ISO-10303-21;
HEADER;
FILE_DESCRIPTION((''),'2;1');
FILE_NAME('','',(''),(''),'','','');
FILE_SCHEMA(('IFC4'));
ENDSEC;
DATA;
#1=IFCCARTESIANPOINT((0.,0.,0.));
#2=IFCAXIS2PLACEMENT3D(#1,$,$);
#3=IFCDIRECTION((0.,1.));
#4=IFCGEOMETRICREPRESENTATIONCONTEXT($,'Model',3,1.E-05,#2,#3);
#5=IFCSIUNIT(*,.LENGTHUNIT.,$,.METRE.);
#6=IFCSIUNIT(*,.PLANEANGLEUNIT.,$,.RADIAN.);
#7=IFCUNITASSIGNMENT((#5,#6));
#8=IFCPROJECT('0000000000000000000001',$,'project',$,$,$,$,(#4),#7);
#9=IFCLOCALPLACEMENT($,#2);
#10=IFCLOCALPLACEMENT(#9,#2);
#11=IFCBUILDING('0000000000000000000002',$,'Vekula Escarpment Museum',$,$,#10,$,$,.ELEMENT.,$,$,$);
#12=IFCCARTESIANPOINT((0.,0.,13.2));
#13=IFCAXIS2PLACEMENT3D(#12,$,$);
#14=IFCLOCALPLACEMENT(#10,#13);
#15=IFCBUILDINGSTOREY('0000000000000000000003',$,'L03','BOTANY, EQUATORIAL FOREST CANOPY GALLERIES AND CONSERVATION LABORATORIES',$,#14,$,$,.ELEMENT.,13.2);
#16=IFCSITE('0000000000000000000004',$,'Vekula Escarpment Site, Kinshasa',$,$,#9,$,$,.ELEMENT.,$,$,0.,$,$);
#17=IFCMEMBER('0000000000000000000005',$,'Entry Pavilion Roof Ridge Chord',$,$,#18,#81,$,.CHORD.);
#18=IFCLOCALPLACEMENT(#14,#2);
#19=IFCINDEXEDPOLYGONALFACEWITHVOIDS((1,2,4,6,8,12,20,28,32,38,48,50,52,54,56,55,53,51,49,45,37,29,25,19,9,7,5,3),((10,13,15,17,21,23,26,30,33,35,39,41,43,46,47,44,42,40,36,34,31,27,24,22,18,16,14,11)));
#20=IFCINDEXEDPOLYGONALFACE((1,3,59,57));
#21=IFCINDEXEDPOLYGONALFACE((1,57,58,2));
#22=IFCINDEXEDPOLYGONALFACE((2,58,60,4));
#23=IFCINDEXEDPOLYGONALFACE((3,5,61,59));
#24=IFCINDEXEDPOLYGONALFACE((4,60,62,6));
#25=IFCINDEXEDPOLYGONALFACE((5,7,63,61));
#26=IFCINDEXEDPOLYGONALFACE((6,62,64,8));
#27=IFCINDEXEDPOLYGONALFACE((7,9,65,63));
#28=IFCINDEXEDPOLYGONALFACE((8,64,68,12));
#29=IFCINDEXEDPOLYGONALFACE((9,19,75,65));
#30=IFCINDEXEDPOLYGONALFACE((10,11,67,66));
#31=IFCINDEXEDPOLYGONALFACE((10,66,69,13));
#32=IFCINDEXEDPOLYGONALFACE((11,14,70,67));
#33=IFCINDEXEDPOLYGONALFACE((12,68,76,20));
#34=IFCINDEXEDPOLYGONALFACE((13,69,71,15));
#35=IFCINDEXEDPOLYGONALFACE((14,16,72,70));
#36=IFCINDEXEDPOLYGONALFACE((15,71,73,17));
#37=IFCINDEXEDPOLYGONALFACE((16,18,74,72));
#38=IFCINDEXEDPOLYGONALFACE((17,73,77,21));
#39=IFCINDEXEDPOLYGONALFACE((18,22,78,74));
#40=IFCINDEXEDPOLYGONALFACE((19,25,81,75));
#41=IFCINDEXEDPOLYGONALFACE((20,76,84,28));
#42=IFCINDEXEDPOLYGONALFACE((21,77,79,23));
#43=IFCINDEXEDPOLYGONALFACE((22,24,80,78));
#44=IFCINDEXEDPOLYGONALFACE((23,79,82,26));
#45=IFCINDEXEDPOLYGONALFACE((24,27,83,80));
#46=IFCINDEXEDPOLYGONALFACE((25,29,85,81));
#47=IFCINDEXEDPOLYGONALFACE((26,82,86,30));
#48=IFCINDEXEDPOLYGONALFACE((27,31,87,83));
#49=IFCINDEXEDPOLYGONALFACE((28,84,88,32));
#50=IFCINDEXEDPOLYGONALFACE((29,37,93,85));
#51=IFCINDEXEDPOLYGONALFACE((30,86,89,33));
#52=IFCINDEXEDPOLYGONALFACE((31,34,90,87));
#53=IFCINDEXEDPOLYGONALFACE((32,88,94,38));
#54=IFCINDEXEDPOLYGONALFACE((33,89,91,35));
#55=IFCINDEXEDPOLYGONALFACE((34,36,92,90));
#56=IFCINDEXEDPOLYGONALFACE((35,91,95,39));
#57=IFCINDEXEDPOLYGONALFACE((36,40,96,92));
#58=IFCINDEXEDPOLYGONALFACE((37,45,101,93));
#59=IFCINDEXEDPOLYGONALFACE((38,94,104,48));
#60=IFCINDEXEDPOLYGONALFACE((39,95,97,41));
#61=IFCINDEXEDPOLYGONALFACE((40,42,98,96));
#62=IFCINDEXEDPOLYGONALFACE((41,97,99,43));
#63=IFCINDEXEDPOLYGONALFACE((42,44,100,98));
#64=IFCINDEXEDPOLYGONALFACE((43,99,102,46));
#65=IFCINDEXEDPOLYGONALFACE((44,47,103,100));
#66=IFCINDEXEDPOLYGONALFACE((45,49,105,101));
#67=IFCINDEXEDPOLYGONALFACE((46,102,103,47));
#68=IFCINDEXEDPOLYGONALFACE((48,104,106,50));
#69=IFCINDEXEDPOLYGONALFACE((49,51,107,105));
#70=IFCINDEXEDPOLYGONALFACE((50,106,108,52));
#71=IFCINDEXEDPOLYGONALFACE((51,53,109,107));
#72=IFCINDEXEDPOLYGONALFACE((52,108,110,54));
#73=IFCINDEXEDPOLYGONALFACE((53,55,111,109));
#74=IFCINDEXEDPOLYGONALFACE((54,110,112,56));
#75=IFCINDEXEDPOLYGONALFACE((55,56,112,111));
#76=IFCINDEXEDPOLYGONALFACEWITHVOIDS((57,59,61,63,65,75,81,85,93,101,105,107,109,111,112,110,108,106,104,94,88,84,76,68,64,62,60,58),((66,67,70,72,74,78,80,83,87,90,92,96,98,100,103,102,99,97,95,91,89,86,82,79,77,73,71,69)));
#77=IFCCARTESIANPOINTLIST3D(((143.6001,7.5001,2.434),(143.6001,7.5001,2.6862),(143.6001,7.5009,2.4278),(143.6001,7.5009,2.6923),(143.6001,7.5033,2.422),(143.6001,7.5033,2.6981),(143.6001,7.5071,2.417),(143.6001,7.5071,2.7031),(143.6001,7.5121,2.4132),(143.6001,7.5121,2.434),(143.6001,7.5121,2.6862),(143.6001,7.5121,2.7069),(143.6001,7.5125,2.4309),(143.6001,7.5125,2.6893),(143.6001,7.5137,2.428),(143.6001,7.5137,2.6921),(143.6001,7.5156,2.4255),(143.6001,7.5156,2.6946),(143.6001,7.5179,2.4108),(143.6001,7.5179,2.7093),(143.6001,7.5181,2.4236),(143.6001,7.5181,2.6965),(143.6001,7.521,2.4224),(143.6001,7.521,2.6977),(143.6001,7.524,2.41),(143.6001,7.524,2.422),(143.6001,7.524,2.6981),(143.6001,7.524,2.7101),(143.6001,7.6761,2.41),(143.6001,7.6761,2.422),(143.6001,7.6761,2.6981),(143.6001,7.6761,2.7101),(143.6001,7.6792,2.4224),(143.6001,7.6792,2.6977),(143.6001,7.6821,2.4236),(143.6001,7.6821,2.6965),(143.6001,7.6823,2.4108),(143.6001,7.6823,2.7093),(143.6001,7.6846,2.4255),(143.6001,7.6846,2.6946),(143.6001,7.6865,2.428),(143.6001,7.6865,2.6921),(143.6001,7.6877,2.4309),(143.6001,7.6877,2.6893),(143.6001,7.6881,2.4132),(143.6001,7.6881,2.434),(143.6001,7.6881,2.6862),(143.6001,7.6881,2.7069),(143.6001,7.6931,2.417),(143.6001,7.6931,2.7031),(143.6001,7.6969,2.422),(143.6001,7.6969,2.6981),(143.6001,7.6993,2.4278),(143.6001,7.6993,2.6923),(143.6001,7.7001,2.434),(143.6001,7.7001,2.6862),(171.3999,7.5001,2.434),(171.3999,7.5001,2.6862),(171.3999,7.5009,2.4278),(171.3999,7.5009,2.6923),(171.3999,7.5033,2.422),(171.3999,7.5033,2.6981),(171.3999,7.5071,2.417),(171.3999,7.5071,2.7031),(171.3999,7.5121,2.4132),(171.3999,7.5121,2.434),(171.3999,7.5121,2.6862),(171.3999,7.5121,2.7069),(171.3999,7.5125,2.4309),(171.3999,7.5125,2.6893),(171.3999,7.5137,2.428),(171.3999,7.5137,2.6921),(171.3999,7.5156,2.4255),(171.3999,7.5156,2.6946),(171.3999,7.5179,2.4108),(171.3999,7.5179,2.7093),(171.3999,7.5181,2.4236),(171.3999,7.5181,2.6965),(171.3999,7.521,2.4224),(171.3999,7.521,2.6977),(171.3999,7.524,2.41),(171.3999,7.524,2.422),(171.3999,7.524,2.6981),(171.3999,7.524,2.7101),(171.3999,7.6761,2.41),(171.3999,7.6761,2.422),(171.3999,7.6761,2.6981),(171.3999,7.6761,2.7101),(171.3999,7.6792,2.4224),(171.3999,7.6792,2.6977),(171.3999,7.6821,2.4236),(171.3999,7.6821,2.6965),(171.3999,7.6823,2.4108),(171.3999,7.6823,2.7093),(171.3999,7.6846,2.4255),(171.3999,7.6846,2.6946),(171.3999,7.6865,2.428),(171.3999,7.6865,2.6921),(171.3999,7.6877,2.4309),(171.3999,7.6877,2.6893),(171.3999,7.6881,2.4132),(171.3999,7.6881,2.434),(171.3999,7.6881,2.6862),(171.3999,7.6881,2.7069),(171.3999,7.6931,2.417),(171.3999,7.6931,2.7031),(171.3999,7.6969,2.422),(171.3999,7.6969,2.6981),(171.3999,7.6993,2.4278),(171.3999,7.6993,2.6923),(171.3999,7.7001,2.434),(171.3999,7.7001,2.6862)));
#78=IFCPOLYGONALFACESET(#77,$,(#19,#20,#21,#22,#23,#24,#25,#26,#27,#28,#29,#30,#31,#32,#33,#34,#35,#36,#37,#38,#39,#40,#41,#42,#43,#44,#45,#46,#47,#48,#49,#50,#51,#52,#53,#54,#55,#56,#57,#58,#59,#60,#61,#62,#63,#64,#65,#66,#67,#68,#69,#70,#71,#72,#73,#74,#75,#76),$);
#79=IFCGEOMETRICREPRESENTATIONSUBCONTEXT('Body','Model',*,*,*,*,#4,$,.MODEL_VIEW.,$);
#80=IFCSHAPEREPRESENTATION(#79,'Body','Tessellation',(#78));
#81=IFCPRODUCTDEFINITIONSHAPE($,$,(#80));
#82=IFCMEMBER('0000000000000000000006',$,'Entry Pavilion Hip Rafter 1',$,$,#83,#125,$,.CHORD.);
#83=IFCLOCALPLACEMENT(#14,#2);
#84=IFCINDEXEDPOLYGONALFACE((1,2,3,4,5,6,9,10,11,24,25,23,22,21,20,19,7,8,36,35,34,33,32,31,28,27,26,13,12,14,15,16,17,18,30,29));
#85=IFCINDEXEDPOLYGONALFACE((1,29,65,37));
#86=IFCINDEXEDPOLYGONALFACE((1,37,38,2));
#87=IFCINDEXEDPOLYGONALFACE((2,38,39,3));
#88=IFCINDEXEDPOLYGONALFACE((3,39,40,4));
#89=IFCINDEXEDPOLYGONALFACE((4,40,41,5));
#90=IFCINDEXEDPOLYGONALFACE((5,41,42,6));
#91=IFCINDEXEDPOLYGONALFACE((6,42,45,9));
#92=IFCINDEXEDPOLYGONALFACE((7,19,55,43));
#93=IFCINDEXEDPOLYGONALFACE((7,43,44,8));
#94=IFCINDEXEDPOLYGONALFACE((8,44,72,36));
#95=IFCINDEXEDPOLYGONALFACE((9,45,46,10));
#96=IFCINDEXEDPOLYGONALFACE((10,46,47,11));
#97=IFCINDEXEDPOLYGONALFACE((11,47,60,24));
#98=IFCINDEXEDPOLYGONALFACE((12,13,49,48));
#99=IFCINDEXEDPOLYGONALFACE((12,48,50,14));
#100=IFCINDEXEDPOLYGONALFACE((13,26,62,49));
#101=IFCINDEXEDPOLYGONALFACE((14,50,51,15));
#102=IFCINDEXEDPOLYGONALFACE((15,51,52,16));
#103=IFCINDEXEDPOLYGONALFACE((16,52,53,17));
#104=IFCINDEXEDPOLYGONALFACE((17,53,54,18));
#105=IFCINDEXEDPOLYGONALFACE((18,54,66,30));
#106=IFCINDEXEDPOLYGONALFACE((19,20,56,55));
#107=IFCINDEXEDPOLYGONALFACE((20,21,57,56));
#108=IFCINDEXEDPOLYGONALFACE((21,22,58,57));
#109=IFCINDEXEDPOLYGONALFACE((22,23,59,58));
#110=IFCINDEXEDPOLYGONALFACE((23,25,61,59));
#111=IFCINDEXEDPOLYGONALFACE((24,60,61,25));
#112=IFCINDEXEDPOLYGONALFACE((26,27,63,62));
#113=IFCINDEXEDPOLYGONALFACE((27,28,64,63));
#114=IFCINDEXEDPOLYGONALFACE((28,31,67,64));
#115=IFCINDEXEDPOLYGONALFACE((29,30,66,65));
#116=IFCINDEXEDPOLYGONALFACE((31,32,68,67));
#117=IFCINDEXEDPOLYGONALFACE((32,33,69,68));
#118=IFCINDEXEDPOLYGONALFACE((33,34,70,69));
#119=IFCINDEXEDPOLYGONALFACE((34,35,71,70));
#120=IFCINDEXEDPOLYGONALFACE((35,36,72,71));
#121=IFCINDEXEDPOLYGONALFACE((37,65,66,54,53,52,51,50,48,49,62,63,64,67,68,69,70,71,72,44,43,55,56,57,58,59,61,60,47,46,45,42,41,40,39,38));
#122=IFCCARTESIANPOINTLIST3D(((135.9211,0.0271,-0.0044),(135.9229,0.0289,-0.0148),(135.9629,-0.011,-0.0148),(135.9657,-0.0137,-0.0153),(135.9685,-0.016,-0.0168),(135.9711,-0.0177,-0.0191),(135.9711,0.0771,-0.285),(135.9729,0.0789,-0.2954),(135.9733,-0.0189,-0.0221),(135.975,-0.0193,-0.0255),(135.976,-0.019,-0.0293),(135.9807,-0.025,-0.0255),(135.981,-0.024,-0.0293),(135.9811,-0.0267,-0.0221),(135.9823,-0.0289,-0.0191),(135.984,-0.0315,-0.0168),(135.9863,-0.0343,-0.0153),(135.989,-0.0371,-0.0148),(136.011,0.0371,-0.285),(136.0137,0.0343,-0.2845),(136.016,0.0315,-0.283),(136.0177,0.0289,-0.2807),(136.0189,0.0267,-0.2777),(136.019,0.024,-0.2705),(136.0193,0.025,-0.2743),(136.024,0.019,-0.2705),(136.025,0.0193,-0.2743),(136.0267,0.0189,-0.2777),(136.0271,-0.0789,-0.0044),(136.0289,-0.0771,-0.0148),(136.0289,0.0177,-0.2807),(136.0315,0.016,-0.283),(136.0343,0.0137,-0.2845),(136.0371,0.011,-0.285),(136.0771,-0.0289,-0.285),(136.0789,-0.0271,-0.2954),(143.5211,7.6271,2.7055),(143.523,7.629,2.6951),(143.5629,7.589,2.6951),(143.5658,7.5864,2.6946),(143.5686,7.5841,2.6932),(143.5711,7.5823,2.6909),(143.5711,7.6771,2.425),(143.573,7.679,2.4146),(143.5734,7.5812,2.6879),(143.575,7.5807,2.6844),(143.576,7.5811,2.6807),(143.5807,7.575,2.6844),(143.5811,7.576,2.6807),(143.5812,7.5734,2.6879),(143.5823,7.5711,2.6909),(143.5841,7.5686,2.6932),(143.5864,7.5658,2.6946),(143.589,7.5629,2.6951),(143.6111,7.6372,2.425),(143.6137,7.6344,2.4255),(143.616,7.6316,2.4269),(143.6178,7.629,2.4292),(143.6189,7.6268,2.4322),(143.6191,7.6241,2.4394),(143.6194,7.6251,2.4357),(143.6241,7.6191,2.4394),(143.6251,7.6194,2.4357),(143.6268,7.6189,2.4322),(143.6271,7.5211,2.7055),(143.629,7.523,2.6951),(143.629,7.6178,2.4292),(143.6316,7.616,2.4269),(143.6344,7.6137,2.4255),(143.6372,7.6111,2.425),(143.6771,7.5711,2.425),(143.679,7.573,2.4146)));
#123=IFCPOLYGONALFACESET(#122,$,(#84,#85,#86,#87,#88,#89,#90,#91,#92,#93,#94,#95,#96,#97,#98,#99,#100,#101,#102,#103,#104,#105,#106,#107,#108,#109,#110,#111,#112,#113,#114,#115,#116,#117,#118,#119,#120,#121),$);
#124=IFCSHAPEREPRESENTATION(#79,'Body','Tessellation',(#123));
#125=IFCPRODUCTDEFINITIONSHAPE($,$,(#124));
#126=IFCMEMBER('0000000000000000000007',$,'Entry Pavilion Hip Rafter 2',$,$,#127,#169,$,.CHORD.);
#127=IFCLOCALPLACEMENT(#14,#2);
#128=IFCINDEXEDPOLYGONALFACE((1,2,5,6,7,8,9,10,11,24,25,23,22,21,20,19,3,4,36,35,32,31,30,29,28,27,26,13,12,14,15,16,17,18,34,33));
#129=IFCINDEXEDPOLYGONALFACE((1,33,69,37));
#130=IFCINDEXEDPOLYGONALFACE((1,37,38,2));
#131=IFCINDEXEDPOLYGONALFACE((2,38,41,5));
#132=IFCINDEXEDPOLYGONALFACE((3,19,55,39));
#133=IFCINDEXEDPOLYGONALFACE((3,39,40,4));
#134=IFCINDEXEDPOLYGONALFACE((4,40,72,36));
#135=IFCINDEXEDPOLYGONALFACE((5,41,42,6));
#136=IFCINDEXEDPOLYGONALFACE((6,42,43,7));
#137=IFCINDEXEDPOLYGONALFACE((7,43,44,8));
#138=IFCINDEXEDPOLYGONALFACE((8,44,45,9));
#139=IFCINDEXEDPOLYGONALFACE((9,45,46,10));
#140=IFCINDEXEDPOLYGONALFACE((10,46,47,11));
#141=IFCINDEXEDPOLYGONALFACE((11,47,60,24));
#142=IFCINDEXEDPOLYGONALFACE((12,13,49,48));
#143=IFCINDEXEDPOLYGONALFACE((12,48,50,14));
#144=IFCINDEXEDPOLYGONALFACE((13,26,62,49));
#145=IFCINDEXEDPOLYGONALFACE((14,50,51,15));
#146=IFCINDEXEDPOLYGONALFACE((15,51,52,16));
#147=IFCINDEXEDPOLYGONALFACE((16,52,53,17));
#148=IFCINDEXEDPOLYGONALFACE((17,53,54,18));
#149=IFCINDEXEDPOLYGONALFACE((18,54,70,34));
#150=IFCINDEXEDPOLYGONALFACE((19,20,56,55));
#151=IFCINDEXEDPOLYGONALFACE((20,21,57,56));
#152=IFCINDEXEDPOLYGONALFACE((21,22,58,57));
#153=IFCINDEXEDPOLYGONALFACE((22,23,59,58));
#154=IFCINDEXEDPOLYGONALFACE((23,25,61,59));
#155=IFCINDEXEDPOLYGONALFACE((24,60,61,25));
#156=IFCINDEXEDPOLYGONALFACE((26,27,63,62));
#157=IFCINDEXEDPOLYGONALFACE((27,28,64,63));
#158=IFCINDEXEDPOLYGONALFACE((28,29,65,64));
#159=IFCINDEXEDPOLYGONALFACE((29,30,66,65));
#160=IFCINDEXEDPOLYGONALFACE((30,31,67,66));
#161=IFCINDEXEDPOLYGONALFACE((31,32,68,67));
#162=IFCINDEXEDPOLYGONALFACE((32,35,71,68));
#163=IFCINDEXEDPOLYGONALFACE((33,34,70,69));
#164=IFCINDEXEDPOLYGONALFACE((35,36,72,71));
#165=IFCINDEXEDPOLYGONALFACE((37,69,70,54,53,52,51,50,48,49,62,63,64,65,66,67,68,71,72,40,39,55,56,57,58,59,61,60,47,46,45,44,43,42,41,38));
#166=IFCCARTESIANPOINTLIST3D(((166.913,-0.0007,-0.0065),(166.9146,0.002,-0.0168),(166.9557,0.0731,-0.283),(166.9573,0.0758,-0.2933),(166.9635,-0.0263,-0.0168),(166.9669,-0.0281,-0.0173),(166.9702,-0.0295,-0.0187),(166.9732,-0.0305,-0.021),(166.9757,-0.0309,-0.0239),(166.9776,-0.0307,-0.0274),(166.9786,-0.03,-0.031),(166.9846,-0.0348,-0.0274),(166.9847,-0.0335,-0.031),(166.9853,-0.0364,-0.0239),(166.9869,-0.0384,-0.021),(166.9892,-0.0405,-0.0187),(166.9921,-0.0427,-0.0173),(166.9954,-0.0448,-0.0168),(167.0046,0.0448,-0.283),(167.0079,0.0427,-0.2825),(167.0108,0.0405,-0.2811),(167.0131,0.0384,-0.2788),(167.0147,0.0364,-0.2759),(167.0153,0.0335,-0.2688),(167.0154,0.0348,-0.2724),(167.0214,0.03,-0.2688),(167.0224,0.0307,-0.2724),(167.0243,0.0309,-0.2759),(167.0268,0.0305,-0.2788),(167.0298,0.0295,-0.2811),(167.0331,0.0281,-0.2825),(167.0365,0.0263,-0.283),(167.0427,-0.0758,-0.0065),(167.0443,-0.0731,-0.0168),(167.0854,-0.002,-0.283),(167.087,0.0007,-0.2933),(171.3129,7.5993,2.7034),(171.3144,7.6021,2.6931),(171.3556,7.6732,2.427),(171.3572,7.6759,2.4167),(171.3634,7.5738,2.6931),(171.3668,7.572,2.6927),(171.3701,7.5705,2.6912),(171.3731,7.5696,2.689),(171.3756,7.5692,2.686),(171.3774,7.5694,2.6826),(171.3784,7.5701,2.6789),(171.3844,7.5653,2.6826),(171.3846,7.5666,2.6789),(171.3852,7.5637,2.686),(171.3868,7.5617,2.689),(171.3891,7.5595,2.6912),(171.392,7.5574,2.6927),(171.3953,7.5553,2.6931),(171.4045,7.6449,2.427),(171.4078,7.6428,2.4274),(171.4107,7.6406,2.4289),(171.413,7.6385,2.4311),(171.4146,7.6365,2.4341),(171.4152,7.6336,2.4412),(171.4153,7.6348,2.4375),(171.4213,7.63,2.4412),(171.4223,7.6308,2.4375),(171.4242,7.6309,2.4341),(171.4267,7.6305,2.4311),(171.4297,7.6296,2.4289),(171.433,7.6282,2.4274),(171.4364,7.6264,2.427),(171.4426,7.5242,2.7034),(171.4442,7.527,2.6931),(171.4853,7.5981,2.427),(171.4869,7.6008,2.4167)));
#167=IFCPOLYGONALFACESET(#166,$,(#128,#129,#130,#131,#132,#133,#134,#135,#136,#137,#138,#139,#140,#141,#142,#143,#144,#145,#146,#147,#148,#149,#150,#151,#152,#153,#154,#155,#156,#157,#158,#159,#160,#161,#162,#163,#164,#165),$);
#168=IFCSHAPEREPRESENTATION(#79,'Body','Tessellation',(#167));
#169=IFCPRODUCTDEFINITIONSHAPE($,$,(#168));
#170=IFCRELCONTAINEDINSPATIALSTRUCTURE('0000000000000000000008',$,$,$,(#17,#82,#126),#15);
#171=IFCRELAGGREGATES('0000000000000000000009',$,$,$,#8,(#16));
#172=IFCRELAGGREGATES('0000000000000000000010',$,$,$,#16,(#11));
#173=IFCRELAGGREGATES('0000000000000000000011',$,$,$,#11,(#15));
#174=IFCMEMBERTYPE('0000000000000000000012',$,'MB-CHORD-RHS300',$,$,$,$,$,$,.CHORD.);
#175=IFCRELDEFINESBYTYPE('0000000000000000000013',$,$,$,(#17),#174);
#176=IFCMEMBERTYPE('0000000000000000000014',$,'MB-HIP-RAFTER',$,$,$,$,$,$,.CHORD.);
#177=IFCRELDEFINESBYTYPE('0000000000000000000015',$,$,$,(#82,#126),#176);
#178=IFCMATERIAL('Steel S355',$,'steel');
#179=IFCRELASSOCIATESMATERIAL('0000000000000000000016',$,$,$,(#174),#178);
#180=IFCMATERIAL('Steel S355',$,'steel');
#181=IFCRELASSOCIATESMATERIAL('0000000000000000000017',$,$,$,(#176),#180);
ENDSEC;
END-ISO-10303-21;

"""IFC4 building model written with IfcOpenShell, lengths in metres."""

from ifc_helpers import new_model, si_unit, direction, frame, origin, origin_2d, place, context, subcontext, project, spatial, hollow_rectangle, i_section, extrude, material, material_profile, profile_set, type_object, element, save


model = new_model("IFC4")

# Units and contexts
model_context = context("Model", 3, precision=1e-05, world=origin(), true_north=direction((0.0, 1.0)))
body_context = subcontext(model_context, "Body", "Model", "MODEL_VIEW")
ifc_project = project(units=[si_unit("LENGTHUNIT", "METRE"), si_unit("PLANEANGLEUNIT", "RADIAN")], contexts=[model_context])

# Site, building, storey
site_placement = place(None, origin())
site = spatial("IfcSite", under=ifc_project, at=site_placement, Name="Vekula Escarpment Site, Kinshasa", CompositionType="ELEMENT", RefElevation=0.0)
building_placement = place(site_placement, origin())
building = spatial("IfcBuilding", under=site, at=building_placement, Name="Vekula Escarpment Museum", CompositionType="ELEMENT")
storey_placement = place(building_placement, frame((0.0, 0.0, 13.2)))
storey = spatial("IfcBuildingStorey", under=building, at=storey_placement, Name="L03", Description="BOTANY, EQUATORIAL FOREST CANOPY GALLERIES AND CONSERVATION LABORATORIES", CompositionType="ELEMENT", Elevation=13.2)

# Members
ifc_material_1 = material(Name="Steel S355", Category="steel")
ifc_material_profile_1 = material_profile(ifc_material_1, hollow_rectangle(XDim=0.2, YDim=0.3, WallThickness=0.012, InnerFilletRadius=0.012, OuterFilletRadius=0.0239, at=origin_2d()), Name="RHS 300x200x12")
ifc_profile_set_1 = profile_set([ifc_material_profile_1], Name="Steel S355")
member_type_1 = type_object("IfcMemberType", Name="MB-CHORD-RHS300", PredefinedType="CHORD", material=ifc_profile_set_1)
member_1_placement = place(storey_placement, frame((143.6001, 7.6001, 2.5601), z_axis=(1.0, 0.0, 0.0), x_axis=(0.0, 1.0, 0.0)))
element("IfcMember", 1, at=member_1_placement, inside=storey, type_object=member_type_1, Name="Entry Pavilion Roof Ridge Chord", PredefinedType="CHORD", context=body_context, shape_type="SweptSolid", body=[
    extrude(hollow_rectangle(XDim=0.2, YDim=0.3, WallThickness=0.012, InnerFilletRadius=0.012, OuterFilletRadius=0.0239, at=origin_2d()), origin(), (0.0, 0.0, 1.0), 27.7998),
])
ifc_material_2 = material(Name="Steel S355", Category="steel")
ifc_material_profile_2 = material_profile(ifc_material_2, i_section(OverallWidth=0.1499, OverallDepth=0.3, WebThickness=0.0071, FlangeThickness=0.0107, FilletRadius=0.0149, at=origin_2d()), Name="IPE 300")
ifc_profile_set_2 = profile_set([ifc_material_profile_2], Name="Steel S355")
member_type_2 = type_object("IfcMemberType", Name="MB-HIP-RAFTER", PredefinedType="CHORD", material=ifc_profile_set_2)
member_2_placement = place(storey_placement, frame((136.0, 0.0, -0.1499), z_axis=(0.685649, 0.685649, 0.244481), x_axis=(-0.707107, 0.707107, 0.0)))
element("IfcMember", 2, at=member_2_placement, inside=storey, type_object=member_type_2, Name="Entry Pavilion Hip Rafter 1", PredefinedType="CHORD", context=body_context, shape_type="SweptSolid", body=[
    extrude(i_section(OverallWidth=0.1499, OverallDepth=0.3, WebThickness=0.0071, FlangeThickness=0.0107, FilletRadius=0.0149, at=origin_2d()), origin(), (0.0, 0.0, 1.0), 11.0845),
])
member_3_placement = place(storey_placement, frame((167.0, 0.0, -0.1499), z_axis=(0.478747, 0.826955, 0.294867), x_axis=(-0.865434, 0.501023, 0.0)))
element("IfcMember", 3, at=member_3_placement, inside=storey, type_object=member_type_2, Name="Entry Pavilion Hip Rafter 2", PredefinedType="CHORD", context=body_context, shape_type="SweptSolid", body=[
    extrude(i_section(OverallWidth=0.1499, OverallDepth=0.3, WebThickness=0.0071, FlangeThickness=0.0107, FilletRadius=0.0149, at=origin_2d()), origin(), (0.0, 0.0, 1.0), 9.1904),
])

save(model, "model.ifc")
